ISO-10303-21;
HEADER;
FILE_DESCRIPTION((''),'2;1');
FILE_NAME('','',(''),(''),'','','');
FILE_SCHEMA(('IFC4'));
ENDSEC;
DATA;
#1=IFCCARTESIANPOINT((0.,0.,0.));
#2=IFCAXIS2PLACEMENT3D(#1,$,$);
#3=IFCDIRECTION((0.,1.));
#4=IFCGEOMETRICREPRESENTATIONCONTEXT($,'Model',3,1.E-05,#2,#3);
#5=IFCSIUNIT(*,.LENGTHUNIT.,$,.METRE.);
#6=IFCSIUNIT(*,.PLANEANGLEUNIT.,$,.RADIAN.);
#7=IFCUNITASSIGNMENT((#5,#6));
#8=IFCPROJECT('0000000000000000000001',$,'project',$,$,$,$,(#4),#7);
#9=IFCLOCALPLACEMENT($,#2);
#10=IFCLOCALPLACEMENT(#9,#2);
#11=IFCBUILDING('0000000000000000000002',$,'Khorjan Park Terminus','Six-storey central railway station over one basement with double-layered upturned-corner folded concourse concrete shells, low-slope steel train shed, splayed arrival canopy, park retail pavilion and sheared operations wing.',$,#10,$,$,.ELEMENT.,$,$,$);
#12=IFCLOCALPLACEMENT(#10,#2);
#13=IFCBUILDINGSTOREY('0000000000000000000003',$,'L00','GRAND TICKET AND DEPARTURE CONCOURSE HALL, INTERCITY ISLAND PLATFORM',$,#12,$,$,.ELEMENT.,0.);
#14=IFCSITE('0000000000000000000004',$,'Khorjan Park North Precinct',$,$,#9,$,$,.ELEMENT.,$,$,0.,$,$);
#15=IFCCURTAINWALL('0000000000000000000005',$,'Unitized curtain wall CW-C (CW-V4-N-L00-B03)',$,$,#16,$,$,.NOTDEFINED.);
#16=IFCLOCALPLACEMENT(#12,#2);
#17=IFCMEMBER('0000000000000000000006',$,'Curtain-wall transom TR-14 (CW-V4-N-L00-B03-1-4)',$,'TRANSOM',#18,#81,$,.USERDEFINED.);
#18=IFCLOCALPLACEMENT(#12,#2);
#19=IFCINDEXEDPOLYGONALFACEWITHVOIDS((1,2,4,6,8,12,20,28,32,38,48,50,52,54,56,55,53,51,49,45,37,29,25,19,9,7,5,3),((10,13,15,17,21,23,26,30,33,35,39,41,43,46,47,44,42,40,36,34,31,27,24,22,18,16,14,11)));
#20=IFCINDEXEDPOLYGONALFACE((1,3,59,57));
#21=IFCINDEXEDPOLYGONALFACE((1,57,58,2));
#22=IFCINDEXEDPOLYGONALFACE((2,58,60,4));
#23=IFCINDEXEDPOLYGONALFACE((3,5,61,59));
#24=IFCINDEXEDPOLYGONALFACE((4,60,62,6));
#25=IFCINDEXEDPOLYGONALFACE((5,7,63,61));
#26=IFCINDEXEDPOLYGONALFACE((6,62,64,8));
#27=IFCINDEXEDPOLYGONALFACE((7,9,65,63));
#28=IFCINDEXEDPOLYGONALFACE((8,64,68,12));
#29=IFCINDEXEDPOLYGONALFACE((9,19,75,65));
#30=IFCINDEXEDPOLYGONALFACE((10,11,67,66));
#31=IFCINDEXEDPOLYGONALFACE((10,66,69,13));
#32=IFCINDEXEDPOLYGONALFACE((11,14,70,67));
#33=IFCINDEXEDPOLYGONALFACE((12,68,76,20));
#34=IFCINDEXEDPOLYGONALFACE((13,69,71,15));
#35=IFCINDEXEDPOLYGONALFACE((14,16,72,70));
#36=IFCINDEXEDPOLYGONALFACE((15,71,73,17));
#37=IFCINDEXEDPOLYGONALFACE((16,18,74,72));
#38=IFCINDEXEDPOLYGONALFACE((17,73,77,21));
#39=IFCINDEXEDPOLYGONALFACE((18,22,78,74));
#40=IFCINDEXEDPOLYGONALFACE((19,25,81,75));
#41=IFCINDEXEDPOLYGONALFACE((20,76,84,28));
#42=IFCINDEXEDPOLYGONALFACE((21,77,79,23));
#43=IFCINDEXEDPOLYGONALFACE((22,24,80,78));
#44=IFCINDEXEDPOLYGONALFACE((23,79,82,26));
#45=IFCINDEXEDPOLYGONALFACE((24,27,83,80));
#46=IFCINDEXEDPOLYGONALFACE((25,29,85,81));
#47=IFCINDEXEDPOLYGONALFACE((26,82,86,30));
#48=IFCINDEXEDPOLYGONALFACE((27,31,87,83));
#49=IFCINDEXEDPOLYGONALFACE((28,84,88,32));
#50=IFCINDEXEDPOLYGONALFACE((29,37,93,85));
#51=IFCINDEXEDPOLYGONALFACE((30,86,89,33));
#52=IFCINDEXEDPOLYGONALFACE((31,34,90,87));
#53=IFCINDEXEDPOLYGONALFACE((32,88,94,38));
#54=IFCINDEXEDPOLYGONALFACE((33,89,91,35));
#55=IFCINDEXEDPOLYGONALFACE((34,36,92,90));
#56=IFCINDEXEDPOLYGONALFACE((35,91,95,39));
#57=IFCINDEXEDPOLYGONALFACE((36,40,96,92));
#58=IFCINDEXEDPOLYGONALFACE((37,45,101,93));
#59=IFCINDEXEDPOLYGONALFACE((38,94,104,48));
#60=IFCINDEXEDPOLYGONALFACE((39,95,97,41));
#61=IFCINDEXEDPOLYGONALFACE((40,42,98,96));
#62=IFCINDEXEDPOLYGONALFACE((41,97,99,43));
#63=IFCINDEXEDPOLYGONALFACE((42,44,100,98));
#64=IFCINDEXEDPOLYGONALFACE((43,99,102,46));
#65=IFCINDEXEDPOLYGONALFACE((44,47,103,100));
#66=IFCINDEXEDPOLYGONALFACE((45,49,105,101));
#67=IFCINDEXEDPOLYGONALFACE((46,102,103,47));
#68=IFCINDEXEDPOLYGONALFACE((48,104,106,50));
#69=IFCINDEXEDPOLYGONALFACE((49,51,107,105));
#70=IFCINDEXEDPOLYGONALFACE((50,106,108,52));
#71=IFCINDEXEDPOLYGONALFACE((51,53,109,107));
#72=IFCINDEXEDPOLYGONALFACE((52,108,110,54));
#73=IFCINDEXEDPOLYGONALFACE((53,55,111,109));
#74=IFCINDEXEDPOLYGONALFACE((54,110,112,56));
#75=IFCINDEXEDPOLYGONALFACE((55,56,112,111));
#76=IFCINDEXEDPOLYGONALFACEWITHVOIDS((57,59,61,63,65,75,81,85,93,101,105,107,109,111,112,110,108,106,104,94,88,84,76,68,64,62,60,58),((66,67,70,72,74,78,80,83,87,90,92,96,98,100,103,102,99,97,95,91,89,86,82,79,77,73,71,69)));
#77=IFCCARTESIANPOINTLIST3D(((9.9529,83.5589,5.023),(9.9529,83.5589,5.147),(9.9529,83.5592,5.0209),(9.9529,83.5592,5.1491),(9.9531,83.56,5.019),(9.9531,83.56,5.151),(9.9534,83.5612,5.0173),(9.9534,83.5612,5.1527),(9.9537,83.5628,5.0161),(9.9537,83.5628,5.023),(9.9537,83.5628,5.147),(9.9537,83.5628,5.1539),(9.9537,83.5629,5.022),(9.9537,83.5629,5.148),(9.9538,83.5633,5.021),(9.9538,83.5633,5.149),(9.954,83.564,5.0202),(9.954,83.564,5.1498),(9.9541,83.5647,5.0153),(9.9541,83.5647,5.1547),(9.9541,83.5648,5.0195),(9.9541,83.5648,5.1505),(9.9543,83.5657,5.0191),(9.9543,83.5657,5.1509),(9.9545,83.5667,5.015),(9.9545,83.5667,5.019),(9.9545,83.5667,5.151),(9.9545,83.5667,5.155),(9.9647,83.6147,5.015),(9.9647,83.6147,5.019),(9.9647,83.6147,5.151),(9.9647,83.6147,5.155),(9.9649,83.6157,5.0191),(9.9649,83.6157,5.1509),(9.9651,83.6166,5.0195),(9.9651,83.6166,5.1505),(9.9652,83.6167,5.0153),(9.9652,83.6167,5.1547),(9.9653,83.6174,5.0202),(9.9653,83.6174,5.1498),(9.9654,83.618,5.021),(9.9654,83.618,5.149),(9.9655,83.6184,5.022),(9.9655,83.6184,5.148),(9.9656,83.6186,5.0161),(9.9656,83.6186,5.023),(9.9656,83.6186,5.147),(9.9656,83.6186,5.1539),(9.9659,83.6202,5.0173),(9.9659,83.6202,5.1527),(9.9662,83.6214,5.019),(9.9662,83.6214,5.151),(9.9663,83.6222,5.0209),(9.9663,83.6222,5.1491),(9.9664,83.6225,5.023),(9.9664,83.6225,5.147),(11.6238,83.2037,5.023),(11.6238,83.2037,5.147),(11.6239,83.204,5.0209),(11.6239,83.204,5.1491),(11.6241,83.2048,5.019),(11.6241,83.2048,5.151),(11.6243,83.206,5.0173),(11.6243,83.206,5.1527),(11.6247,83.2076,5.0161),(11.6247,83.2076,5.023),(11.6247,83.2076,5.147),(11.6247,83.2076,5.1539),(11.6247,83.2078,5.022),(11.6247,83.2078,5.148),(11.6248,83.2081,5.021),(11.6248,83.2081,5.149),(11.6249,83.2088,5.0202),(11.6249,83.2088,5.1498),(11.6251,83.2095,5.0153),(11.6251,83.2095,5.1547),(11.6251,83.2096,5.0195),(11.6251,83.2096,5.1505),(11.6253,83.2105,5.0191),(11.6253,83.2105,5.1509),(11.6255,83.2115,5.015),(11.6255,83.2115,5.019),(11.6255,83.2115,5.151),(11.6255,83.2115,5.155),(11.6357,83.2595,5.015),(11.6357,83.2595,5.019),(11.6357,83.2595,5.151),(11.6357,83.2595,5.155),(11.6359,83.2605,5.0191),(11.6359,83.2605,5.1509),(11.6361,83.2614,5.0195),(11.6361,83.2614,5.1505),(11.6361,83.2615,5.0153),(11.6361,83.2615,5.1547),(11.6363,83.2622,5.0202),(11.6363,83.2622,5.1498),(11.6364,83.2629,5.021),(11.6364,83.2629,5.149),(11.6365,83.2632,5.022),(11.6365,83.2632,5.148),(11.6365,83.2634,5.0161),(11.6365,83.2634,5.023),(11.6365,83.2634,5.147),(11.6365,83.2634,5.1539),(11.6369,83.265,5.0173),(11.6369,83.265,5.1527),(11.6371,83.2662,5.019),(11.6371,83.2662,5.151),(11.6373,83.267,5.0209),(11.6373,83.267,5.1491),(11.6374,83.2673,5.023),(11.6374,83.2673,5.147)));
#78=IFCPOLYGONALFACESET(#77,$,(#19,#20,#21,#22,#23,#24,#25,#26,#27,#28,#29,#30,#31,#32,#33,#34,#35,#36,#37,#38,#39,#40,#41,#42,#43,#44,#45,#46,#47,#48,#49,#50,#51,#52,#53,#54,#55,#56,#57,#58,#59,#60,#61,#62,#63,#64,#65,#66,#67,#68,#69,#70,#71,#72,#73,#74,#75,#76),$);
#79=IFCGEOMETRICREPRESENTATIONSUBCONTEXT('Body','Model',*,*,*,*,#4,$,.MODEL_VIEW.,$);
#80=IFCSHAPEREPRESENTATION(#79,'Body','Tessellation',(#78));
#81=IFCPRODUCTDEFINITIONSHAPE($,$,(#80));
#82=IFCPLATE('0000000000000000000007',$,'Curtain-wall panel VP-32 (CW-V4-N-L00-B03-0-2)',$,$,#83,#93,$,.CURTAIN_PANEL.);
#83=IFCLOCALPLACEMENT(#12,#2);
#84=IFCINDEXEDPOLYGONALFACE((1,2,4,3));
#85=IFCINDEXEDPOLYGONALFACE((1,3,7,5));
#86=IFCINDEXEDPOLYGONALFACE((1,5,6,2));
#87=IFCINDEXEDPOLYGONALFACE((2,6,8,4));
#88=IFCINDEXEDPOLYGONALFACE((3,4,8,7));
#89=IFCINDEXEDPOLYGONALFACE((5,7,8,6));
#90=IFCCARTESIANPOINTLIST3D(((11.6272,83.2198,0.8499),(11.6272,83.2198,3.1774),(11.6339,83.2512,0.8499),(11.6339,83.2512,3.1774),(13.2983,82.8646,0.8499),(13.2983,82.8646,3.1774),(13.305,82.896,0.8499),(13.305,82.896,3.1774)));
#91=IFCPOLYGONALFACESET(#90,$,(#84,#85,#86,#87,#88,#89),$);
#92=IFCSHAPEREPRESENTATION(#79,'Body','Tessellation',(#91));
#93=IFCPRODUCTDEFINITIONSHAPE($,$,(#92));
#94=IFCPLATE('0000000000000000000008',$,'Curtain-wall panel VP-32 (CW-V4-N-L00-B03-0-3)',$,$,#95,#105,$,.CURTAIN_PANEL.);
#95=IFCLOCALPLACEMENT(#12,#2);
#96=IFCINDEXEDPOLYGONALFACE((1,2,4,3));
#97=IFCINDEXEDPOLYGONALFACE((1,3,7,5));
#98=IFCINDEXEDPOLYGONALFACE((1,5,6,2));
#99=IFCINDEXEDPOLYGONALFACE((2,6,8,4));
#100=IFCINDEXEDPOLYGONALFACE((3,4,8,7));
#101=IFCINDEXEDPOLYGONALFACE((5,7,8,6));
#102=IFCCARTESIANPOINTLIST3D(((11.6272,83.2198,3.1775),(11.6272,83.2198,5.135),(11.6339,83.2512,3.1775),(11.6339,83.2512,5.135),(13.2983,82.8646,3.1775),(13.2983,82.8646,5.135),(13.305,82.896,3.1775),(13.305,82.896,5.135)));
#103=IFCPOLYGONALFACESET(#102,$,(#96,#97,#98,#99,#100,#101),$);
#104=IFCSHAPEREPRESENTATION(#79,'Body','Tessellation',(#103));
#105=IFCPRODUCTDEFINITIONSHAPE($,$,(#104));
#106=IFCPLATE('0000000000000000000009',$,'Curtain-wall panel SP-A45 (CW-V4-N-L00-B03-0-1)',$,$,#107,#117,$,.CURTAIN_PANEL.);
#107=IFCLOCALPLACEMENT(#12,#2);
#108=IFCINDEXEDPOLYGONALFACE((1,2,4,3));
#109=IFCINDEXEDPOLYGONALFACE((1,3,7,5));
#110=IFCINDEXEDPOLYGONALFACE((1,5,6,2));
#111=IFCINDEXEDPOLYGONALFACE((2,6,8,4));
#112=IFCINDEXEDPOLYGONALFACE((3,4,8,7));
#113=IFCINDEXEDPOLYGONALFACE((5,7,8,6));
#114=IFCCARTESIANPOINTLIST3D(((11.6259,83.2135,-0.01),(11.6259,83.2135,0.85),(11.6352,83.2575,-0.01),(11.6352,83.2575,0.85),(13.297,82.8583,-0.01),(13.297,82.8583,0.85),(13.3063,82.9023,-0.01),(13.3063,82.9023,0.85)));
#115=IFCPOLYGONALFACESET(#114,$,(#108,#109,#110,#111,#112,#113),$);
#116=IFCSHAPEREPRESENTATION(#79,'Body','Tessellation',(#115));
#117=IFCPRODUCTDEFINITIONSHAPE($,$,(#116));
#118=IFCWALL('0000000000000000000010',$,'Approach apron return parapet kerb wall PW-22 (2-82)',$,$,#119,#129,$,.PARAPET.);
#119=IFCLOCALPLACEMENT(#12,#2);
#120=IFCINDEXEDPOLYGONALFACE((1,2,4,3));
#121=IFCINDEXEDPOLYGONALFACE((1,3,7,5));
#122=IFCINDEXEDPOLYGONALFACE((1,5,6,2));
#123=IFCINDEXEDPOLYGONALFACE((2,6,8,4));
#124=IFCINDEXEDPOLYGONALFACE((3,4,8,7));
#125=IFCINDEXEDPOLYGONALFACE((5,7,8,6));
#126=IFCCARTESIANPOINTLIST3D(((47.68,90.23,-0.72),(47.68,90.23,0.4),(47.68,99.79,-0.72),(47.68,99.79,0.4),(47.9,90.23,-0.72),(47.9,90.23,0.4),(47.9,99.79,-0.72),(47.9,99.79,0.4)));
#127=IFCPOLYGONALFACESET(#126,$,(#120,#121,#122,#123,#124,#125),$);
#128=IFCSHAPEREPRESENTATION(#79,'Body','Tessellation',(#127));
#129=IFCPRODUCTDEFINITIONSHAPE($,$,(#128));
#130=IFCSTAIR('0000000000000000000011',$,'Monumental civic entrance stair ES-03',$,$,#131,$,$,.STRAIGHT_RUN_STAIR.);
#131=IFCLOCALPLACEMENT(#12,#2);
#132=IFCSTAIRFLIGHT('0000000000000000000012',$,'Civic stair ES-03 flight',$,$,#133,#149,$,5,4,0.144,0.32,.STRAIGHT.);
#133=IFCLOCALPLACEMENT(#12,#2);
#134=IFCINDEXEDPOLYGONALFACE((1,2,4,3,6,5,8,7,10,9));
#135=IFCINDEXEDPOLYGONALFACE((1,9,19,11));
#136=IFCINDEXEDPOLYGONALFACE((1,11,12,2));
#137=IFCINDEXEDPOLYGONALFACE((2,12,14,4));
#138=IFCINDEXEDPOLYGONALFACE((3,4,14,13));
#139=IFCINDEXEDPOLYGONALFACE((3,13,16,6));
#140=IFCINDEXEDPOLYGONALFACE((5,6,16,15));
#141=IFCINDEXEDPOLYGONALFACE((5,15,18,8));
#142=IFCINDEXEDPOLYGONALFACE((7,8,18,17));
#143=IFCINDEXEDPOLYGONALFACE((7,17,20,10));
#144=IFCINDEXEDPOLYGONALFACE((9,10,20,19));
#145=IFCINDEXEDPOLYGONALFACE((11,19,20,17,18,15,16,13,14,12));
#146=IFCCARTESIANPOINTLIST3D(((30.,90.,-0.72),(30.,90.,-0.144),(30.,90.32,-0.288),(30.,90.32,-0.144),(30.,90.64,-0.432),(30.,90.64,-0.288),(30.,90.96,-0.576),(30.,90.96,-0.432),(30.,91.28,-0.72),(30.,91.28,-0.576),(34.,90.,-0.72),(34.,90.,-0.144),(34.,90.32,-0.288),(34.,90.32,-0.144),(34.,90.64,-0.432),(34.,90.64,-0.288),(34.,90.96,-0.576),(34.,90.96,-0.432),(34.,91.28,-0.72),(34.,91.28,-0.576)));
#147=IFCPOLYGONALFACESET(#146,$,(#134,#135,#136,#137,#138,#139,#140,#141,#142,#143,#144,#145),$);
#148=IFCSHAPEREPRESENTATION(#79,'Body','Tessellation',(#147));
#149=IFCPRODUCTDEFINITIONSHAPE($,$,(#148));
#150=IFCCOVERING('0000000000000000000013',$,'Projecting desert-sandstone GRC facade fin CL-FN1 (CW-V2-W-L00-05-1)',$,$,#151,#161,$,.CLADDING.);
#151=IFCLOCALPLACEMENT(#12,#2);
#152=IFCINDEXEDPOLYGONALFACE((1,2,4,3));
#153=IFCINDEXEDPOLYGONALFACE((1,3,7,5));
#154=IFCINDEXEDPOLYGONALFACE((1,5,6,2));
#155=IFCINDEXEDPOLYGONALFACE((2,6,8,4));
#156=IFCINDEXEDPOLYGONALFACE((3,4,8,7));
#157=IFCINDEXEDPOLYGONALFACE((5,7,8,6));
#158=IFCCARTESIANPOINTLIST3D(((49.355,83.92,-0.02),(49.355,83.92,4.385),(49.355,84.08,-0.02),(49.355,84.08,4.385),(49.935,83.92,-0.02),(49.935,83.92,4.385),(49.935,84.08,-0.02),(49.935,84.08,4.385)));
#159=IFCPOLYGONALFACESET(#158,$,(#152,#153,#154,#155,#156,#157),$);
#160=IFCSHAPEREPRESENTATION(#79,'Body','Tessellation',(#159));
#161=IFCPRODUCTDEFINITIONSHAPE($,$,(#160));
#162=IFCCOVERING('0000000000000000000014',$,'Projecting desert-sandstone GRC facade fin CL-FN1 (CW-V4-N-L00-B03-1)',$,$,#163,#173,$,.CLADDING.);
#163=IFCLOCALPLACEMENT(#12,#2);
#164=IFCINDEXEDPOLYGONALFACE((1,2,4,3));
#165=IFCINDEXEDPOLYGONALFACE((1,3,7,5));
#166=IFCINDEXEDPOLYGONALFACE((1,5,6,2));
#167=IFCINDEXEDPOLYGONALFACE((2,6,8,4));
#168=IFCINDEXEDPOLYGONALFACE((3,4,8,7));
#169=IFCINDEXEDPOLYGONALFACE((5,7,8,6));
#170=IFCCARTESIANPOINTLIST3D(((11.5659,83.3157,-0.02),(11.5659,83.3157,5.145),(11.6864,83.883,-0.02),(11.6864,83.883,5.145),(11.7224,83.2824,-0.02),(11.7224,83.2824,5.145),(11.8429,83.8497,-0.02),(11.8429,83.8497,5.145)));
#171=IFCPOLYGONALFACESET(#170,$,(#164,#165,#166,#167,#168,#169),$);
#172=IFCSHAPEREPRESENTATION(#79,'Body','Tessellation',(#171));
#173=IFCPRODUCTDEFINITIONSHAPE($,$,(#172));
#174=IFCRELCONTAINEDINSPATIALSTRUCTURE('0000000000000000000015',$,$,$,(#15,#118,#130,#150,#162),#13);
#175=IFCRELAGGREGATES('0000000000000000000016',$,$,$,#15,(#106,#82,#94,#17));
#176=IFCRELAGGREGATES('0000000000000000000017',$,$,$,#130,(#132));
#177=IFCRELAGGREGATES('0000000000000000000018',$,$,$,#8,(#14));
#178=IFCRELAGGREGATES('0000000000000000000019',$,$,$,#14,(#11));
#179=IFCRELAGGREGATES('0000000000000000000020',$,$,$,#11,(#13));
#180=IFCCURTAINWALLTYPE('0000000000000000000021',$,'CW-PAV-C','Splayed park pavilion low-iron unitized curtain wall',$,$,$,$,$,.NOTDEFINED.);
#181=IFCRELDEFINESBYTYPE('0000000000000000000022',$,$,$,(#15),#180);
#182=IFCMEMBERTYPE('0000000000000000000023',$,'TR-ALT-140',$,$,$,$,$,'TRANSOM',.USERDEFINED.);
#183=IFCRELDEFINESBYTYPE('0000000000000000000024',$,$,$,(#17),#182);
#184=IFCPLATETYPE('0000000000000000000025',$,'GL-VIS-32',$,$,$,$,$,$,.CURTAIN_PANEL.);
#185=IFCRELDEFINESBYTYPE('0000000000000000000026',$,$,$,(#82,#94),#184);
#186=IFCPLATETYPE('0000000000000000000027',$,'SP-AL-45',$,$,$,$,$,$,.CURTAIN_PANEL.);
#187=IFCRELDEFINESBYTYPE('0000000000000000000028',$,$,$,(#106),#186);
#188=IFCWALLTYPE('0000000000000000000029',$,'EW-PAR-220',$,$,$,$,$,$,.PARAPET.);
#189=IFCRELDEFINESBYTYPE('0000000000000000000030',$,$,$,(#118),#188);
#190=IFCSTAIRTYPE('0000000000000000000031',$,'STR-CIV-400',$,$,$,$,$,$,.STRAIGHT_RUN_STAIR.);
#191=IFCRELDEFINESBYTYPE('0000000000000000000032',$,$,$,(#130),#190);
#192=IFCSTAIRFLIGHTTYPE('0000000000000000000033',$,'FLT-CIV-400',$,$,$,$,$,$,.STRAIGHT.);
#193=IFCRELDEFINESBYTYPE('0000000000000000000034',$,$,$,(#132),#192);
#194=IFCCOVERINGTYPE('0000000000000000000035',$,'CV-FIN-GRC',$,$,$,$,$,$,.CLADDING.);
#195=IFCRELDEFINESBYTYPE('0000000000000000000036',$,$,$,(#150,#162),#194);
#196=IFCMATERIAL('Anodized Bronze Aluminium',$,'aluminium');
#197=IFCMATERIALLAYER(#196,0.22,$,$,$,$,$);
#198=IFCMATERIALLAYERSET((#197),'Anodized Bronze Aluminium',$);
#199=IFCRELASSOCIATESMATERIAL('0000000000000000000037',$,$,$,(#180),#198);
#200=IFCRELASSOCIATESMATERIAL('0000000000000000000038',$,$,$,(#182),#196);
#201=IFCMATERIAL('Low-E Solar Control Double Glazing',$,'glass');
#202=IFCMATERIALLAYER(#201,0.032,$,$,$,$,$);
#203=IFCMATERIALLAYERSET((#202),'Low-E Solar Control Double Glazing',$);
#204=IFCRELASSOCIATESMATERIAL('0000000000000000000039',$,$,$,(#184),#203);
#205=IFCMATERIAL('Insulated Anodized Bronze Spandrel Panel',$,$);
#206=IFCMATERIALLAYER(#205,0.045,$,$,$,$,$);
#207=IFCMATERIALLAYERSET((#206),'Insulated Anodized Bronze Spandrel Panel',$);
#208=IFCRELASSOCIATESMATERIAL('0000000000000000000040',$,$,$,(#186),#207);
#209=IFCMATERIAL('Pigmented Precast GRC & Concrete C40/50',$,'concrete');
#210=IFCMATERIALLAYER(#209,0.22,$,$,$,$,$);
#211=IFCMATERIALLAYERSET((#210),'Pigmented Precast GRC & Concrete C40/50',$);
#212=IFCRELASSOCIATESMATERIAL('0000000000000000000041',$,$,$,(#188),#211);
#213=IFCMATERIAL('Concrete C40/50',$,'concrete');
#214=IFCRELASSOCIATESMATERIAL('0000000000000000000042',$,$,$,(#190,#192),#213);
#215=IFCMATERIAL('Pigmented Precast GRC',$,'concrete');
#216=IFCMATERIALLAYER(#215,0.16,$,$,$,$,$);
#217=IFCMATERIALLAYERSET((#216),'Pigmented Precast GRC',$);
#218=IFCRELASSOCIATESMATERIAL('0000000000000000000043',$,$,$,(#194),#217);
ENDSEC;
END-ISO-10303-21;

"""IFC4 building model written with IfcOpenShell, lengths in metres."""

from ifc_helpers import new_model, si_unit, direction, frame, frame_2d, origin, origin_2d, place, context, subcontext, project, spatial, polyline, rectangle, hollow_rectangle, outline, extrude, material, layer, layer_set, material_profile, profile_set, type_object, element, aggregate, save


model = new_model("IFC4")

# Units and contexts
model_context = context("Model", 3, precision=1e-05, world=origin(), true_north=direction((0.0, 1.0)))
body_context = subcontext(model_context, "Body", "Model", "MODEL_VIEW")
ifc_project = project(units=[si_unit("LENGTHUNIT", "METRE"), si_unit("PLANEANGLEUNIT", "RADIAN")], contexts=[model_context])

# Site, building, storey
site_placement = place(None, origin())
site = spatial("IfcSite", under=ifc_project, at=site_placement, Name="Khorjan Park North Precinct", CompositionType="ELEMENT", RefElevation=0.0)
building_placement = place(site_placement, origin())
building = spatial("IfcBuilding", under=site, at=building_placement, Name="Khorjan Park Terminus", Description="Six-storey central railway station over one basement with double-layered upturned-corner folded concourse concrete shells, low-slope steel train shed, splayed arrival canopy, park retail pavilion and sheared operations wing.", CompositionType="ELEMENT")
storey_placement = place(building_placement, origin())
storey = spatial("IfcBuildingStorey", under=building, at=storey_placement, Name="L00", Description="GRAND TICKET AND DEPARTURE CONCOURSE HALL, INTERCITY ISLAND PLATFORM", CompositionType="ELEMENT", Elevation=0.0)

# Curtain wall, member, plates
ifc_material_1 = material(Name="Anodized Bronze Aluminium", Category="aluminium")
ifc_layer_1 = layer(ifc_material_1, 0.22)
ifc_layer_set_1 = layer_set([ifc_layer_1], Name="Anodized Bronze Aluminium")
curtain_wall_type = type_object("IfcCurtainWallType", Name="CW-PAV-C", Description="Splayed park pavilion low-iron unitized curtain wall", PredefinedType="NOTDEFINED", material=ifc_layer_set_1)
curtain_wall_placement = place(storey_placement, origin())
curtain_wall = element("IfcCurtainWall", 1, at=curtain_wall_placement, inside=storey, type_object=curtain_wall_type, Name="Unitized curtain wall CW-C (CW-V4-N-L00-B03)", PredefinedType="NOTDEFINED")
ifc_material_profile_1 = material_profile(ifc_material_1, hollow_rectangle(XDim=0.065, YDim=0.14, WallThickness=0.004, InnerFilletRadius=0.004, OuterFilletRadius=0.008, at=origin_2d()), Name="ALT 65x140x4")
ifc_profile_set_1 = profile_set([ifc_material_profile_1], Name="Anodized Bronze Aluminium")
member_type = type_object("IfcMemberType", Name="TR-ALT-140", ElementType="TRANSOM", PredefinedType="USERDEFINED", material=ifc_profile_set_1)
member_1_placement = place(storey_placement, frame((11.6306, 83.2355, 5.085), z_axis=(-0.978145, 0.207922, 0.0), x_axis=(-0.207922, -0.978145, 0.0)))
member_1 = element("IfcMember", 2, at=member_1_placement, type_object=member_type, Name="Curtain-wall transom TR-14 (CW-V4-N-L00-B03-1-4)", ObjectType="TRANSOM", PredefinedType="USERDEFINED", context=body_context, shape_type="SweptSolid", body=[
    extrude(hollow_rectangle(XDim=0.065, YDim=0.14, WallThickness=0.004, InnerFilletRadius=0.004, OuterFilletRadius=0.008, at=origin_2d()), origin(), (0.0, 0.0, 1.0), 1.7083),
])
ifc_material_2 = material(Name="Low-E Solar Control Double Glazing", Category="glass")
ifc_layer_2 = layer(ifc_material_2, 0.032)
ifc_layer_set_2 = layer_set([ifc_layer_2], Name="Low-E Solar Control Double Glazing")
plate_type_1 = type_object("IfcPlateType", Name="GL-VIS-32", PredefinedType="CURTAIN_PANEL", material=ifc_layer_set_2)
plate_1_placement = place(storey_placement, frame((12.4661, 83.0579, 0.8499), z_axis=(0.0, 0.0, 1.0), x_axis=(-0.978147, 0.207914, 0.0)))
plate_1 = element("IfcPlate", 3, at=plate_1_placement, type_object=plate_type_1, Name="Curtain-wall panel VP-32 (CW-V4-N-L00-B03-0-2)", PredefinedType="CURTAIN_PANEL", context=body_context, shape_type="SweptSolid", body=[
    extrude(rectangle(XDim=1.7084, YDim=0.032, at=origin_2d()), origin(), (0.0, 0.0, 1.0), 2.3275),
])
plate_2_placement = place(storey_placement, frame((12.4661, 83.0579, 3.1775), z_axis=(0.0, 0.0, 1.0), x_axis=(-0.978147, 0.207914, 0.0)))
plate_2 = element("IfcPlate", 4, at=plate_2_placement, type_object=plate_type_1, Name="Curtain-wall panel VP-32 (CW-V4-N-L00-B03-0-3)", PredefinedType="CURTAIN_PANEL", context=body_context, shape_type="SweptSolid", body=[
    extrude(rectangle(XDim=1.7084, YDim=0.032, at=origin_2d()), origin(), (0.0, 0.0, 1.0), 1.9575),
])
ifc_material_3 = material(Name="Insulated Anodized Bronze Spandrel Panel")
ifc_layer_3 = layer(ifc_material_3, 0.045)
ifc_layer_set_3 = layer_set([ifc_layer_3], Name="Insulated Anodized Bronze Spandrel Panel")
plate_type_2 = type_object("IfcPlateType", Name="SP-AL-45", PredefinedType="CURTAIN_PANEL", material=ifc_layer_set_3)
plate_3_placement = place(storey_placement, frame((12.4661, 83.0579, -0.01), z_axis=(0.0, 0.0, 1.0), x_axis=(-0.978147, 0.207914, 0.0)))
plate_3 = element("IfcPlate", 5, at=plate_3_placement, type_object=plate_type_2, Name="Curtain-wall panel SP-A45 (CW-V4-N-L00-B03-0-1)", PredefinedType="CURTAIN_PANEL", context=body_context, shape_type="SweptSolid", body=[
    extrude(rectangle(XDim=1.7084, YDim=0.045, at=origin_2d()), origin(), (0.0, 0.0, 1.0), 0.86),
])
aggregate(curtain_wall, [plate_3, plate_1, plate_2, member_1])

# Wall
ifc_material_4 = material(Name="Pigmented Precast GRC & Concrete C40/50", Category="concrete")
ifc_layer_4 = layer(ifc_material_4, 0.22)
ifc_layer_set_4 = layer_set([ifc_layer_4], Name="Pigmented Precast GRC & Concrete C40/50")
wall_type = type_object("IfcWallType", Name="EW-PAR-220", PredefinedType="PARAPET", material=ifc_layer_set_4)
wall_placement = place(storey_placement, frame((47.79, 99.79, -0.72), z_axis=(0.0, 0.0, 1.0), x_axis=(0.0, -1.0, 0.0)))
element("IfcWall", 6, at=wall_placement, inside=storey, type_object=wall_type, Name="Approach apron return parapet kerb wall PW-22 (2-82)", PredefinedType="PARAPET", context=body_context, shape_type="SweptSolid", body=[
    extrude(rectangle(XDim=9.56, YDim=0.22, at=frame_2d((4.78, 0.0))), origin(), (0.0, 0.0, 1.0), 1.12),
])

# Stair, stair flight
ifc_material_5 = material(Name="Concrete C40/50", Category="concrete")
stair_type = type_object("IfcStairType", Name="STR-CIV-400", PredefinedType="STRAIGHT_RUN_STAIR", material=ifc_material_5)
stair_placement = place(storey_placement, origin())
stair = element("IfcStair", 7, at=stair_placement, inside=storey, type_object=stair_type, Name="Monumental civic entrance stair ES-03", PredefinedType="STRAIGHT_RUN_STAIR")
stair_flight_type = type_object("IfcStairFlightType", Name="FLT-CIV-400", PredefinedType="STRAIGHT", material=ifc_material_5)
stair_flight_placement = place(storey_placement, frame((32.0, 91.28, -0.72), z_axis=(0.0, 0.0, 1.0), x_axis=(0.0, -1.0, 0.0)))
stair_flight = element("IfcStairFlight", 8, at=stair_flight_placement, type_object=stair_flight_type, Name="Civic stair ES-03 flight", NumberOfRisers=5, NumberOfTreads=4, PredefinedType="STRAIGHT", RiserHeight=0.144, TreadLength=0.32, context=body_context, shape_type="SweptSolid", body=[
    extrude(outline(polyline([(0.0, 0.0), (0.0, 0.144), (0.32, 0.144), (0.32, 0.288), (0.64, 0.288), (0.64, 0.432), (0.96, 0.432), (0.96, 0.576), (1.28, 0.576), (1.28, 0.0), (0.0, 0.0)])), frame((0.0, 2.0, 0.0), z_axis=(0.0, -1.0, 0.0), x_axis=(1.0, 0.0, 0.0)), (0.0, 0.0, 1.0), 4.0),
])

# Coverings
ifc_material_6 = material(Name="Pigmented Precast GRC", Category="concrete")
ifc_layer_5 = layer(ifc_material_6, 0.16)
ifc_layer_set_5 = layer_set([ifc_layer_5], Name="Pigmented Precast GRC")
covering_type = type_object("IfcCoveringType", Name="CV-FIN-GRC", PredefinedType="CLADDING", material=ifc_layer_set_5)
covering_1_placement = place(storey_placement, frame((49.645, 84.0, -0.02), z_axis=(0.0, 0.0, 1.0), x_axis=(1.0, 0.0, 0.0)))
element("IfcCovering", 9, at=covering_1_placement, inside=storey, type_object=covering_type, Name="Projecting desert-sandstone GRC facade fin CL-FN1 (CW-V2-W-L00-05-1)", PredefinedType="CLADDING", context=body_context, shape_type="SweptSolid", body=[
    extrude(rectangle(XDim=0.58, YDim=0.16, at=origin_2d()), origin(), (0.0, 0.0, 1.0), 4.405),
])
covering_2_placement = place(storey_placement, frame((11.7044, 83.5827, -0.02), z_axis=(0.0, 0.0, 1.0), x_axis=(-0.207912, -0.978148, 0.0)))
element("IfcCovering", 10, at=covering_2_placement, inside=storey, type_object=covering_type, Name="Projecting desert-sandstone GRC facade fin CL-FN1 (CW-V4-N-L00-B03-1)", PredefinedType="CLADDING", context=body_context, shape_type="SweptSolid", body=[
    extrude(rectangle(XDim=0.58, YDim=0.16, at=origin_2d()), origin(), (0.0, 0.0, 1.0), 5.165),
])

aggregate(stair, [stair_flight])

save(model, "model.ifc")
